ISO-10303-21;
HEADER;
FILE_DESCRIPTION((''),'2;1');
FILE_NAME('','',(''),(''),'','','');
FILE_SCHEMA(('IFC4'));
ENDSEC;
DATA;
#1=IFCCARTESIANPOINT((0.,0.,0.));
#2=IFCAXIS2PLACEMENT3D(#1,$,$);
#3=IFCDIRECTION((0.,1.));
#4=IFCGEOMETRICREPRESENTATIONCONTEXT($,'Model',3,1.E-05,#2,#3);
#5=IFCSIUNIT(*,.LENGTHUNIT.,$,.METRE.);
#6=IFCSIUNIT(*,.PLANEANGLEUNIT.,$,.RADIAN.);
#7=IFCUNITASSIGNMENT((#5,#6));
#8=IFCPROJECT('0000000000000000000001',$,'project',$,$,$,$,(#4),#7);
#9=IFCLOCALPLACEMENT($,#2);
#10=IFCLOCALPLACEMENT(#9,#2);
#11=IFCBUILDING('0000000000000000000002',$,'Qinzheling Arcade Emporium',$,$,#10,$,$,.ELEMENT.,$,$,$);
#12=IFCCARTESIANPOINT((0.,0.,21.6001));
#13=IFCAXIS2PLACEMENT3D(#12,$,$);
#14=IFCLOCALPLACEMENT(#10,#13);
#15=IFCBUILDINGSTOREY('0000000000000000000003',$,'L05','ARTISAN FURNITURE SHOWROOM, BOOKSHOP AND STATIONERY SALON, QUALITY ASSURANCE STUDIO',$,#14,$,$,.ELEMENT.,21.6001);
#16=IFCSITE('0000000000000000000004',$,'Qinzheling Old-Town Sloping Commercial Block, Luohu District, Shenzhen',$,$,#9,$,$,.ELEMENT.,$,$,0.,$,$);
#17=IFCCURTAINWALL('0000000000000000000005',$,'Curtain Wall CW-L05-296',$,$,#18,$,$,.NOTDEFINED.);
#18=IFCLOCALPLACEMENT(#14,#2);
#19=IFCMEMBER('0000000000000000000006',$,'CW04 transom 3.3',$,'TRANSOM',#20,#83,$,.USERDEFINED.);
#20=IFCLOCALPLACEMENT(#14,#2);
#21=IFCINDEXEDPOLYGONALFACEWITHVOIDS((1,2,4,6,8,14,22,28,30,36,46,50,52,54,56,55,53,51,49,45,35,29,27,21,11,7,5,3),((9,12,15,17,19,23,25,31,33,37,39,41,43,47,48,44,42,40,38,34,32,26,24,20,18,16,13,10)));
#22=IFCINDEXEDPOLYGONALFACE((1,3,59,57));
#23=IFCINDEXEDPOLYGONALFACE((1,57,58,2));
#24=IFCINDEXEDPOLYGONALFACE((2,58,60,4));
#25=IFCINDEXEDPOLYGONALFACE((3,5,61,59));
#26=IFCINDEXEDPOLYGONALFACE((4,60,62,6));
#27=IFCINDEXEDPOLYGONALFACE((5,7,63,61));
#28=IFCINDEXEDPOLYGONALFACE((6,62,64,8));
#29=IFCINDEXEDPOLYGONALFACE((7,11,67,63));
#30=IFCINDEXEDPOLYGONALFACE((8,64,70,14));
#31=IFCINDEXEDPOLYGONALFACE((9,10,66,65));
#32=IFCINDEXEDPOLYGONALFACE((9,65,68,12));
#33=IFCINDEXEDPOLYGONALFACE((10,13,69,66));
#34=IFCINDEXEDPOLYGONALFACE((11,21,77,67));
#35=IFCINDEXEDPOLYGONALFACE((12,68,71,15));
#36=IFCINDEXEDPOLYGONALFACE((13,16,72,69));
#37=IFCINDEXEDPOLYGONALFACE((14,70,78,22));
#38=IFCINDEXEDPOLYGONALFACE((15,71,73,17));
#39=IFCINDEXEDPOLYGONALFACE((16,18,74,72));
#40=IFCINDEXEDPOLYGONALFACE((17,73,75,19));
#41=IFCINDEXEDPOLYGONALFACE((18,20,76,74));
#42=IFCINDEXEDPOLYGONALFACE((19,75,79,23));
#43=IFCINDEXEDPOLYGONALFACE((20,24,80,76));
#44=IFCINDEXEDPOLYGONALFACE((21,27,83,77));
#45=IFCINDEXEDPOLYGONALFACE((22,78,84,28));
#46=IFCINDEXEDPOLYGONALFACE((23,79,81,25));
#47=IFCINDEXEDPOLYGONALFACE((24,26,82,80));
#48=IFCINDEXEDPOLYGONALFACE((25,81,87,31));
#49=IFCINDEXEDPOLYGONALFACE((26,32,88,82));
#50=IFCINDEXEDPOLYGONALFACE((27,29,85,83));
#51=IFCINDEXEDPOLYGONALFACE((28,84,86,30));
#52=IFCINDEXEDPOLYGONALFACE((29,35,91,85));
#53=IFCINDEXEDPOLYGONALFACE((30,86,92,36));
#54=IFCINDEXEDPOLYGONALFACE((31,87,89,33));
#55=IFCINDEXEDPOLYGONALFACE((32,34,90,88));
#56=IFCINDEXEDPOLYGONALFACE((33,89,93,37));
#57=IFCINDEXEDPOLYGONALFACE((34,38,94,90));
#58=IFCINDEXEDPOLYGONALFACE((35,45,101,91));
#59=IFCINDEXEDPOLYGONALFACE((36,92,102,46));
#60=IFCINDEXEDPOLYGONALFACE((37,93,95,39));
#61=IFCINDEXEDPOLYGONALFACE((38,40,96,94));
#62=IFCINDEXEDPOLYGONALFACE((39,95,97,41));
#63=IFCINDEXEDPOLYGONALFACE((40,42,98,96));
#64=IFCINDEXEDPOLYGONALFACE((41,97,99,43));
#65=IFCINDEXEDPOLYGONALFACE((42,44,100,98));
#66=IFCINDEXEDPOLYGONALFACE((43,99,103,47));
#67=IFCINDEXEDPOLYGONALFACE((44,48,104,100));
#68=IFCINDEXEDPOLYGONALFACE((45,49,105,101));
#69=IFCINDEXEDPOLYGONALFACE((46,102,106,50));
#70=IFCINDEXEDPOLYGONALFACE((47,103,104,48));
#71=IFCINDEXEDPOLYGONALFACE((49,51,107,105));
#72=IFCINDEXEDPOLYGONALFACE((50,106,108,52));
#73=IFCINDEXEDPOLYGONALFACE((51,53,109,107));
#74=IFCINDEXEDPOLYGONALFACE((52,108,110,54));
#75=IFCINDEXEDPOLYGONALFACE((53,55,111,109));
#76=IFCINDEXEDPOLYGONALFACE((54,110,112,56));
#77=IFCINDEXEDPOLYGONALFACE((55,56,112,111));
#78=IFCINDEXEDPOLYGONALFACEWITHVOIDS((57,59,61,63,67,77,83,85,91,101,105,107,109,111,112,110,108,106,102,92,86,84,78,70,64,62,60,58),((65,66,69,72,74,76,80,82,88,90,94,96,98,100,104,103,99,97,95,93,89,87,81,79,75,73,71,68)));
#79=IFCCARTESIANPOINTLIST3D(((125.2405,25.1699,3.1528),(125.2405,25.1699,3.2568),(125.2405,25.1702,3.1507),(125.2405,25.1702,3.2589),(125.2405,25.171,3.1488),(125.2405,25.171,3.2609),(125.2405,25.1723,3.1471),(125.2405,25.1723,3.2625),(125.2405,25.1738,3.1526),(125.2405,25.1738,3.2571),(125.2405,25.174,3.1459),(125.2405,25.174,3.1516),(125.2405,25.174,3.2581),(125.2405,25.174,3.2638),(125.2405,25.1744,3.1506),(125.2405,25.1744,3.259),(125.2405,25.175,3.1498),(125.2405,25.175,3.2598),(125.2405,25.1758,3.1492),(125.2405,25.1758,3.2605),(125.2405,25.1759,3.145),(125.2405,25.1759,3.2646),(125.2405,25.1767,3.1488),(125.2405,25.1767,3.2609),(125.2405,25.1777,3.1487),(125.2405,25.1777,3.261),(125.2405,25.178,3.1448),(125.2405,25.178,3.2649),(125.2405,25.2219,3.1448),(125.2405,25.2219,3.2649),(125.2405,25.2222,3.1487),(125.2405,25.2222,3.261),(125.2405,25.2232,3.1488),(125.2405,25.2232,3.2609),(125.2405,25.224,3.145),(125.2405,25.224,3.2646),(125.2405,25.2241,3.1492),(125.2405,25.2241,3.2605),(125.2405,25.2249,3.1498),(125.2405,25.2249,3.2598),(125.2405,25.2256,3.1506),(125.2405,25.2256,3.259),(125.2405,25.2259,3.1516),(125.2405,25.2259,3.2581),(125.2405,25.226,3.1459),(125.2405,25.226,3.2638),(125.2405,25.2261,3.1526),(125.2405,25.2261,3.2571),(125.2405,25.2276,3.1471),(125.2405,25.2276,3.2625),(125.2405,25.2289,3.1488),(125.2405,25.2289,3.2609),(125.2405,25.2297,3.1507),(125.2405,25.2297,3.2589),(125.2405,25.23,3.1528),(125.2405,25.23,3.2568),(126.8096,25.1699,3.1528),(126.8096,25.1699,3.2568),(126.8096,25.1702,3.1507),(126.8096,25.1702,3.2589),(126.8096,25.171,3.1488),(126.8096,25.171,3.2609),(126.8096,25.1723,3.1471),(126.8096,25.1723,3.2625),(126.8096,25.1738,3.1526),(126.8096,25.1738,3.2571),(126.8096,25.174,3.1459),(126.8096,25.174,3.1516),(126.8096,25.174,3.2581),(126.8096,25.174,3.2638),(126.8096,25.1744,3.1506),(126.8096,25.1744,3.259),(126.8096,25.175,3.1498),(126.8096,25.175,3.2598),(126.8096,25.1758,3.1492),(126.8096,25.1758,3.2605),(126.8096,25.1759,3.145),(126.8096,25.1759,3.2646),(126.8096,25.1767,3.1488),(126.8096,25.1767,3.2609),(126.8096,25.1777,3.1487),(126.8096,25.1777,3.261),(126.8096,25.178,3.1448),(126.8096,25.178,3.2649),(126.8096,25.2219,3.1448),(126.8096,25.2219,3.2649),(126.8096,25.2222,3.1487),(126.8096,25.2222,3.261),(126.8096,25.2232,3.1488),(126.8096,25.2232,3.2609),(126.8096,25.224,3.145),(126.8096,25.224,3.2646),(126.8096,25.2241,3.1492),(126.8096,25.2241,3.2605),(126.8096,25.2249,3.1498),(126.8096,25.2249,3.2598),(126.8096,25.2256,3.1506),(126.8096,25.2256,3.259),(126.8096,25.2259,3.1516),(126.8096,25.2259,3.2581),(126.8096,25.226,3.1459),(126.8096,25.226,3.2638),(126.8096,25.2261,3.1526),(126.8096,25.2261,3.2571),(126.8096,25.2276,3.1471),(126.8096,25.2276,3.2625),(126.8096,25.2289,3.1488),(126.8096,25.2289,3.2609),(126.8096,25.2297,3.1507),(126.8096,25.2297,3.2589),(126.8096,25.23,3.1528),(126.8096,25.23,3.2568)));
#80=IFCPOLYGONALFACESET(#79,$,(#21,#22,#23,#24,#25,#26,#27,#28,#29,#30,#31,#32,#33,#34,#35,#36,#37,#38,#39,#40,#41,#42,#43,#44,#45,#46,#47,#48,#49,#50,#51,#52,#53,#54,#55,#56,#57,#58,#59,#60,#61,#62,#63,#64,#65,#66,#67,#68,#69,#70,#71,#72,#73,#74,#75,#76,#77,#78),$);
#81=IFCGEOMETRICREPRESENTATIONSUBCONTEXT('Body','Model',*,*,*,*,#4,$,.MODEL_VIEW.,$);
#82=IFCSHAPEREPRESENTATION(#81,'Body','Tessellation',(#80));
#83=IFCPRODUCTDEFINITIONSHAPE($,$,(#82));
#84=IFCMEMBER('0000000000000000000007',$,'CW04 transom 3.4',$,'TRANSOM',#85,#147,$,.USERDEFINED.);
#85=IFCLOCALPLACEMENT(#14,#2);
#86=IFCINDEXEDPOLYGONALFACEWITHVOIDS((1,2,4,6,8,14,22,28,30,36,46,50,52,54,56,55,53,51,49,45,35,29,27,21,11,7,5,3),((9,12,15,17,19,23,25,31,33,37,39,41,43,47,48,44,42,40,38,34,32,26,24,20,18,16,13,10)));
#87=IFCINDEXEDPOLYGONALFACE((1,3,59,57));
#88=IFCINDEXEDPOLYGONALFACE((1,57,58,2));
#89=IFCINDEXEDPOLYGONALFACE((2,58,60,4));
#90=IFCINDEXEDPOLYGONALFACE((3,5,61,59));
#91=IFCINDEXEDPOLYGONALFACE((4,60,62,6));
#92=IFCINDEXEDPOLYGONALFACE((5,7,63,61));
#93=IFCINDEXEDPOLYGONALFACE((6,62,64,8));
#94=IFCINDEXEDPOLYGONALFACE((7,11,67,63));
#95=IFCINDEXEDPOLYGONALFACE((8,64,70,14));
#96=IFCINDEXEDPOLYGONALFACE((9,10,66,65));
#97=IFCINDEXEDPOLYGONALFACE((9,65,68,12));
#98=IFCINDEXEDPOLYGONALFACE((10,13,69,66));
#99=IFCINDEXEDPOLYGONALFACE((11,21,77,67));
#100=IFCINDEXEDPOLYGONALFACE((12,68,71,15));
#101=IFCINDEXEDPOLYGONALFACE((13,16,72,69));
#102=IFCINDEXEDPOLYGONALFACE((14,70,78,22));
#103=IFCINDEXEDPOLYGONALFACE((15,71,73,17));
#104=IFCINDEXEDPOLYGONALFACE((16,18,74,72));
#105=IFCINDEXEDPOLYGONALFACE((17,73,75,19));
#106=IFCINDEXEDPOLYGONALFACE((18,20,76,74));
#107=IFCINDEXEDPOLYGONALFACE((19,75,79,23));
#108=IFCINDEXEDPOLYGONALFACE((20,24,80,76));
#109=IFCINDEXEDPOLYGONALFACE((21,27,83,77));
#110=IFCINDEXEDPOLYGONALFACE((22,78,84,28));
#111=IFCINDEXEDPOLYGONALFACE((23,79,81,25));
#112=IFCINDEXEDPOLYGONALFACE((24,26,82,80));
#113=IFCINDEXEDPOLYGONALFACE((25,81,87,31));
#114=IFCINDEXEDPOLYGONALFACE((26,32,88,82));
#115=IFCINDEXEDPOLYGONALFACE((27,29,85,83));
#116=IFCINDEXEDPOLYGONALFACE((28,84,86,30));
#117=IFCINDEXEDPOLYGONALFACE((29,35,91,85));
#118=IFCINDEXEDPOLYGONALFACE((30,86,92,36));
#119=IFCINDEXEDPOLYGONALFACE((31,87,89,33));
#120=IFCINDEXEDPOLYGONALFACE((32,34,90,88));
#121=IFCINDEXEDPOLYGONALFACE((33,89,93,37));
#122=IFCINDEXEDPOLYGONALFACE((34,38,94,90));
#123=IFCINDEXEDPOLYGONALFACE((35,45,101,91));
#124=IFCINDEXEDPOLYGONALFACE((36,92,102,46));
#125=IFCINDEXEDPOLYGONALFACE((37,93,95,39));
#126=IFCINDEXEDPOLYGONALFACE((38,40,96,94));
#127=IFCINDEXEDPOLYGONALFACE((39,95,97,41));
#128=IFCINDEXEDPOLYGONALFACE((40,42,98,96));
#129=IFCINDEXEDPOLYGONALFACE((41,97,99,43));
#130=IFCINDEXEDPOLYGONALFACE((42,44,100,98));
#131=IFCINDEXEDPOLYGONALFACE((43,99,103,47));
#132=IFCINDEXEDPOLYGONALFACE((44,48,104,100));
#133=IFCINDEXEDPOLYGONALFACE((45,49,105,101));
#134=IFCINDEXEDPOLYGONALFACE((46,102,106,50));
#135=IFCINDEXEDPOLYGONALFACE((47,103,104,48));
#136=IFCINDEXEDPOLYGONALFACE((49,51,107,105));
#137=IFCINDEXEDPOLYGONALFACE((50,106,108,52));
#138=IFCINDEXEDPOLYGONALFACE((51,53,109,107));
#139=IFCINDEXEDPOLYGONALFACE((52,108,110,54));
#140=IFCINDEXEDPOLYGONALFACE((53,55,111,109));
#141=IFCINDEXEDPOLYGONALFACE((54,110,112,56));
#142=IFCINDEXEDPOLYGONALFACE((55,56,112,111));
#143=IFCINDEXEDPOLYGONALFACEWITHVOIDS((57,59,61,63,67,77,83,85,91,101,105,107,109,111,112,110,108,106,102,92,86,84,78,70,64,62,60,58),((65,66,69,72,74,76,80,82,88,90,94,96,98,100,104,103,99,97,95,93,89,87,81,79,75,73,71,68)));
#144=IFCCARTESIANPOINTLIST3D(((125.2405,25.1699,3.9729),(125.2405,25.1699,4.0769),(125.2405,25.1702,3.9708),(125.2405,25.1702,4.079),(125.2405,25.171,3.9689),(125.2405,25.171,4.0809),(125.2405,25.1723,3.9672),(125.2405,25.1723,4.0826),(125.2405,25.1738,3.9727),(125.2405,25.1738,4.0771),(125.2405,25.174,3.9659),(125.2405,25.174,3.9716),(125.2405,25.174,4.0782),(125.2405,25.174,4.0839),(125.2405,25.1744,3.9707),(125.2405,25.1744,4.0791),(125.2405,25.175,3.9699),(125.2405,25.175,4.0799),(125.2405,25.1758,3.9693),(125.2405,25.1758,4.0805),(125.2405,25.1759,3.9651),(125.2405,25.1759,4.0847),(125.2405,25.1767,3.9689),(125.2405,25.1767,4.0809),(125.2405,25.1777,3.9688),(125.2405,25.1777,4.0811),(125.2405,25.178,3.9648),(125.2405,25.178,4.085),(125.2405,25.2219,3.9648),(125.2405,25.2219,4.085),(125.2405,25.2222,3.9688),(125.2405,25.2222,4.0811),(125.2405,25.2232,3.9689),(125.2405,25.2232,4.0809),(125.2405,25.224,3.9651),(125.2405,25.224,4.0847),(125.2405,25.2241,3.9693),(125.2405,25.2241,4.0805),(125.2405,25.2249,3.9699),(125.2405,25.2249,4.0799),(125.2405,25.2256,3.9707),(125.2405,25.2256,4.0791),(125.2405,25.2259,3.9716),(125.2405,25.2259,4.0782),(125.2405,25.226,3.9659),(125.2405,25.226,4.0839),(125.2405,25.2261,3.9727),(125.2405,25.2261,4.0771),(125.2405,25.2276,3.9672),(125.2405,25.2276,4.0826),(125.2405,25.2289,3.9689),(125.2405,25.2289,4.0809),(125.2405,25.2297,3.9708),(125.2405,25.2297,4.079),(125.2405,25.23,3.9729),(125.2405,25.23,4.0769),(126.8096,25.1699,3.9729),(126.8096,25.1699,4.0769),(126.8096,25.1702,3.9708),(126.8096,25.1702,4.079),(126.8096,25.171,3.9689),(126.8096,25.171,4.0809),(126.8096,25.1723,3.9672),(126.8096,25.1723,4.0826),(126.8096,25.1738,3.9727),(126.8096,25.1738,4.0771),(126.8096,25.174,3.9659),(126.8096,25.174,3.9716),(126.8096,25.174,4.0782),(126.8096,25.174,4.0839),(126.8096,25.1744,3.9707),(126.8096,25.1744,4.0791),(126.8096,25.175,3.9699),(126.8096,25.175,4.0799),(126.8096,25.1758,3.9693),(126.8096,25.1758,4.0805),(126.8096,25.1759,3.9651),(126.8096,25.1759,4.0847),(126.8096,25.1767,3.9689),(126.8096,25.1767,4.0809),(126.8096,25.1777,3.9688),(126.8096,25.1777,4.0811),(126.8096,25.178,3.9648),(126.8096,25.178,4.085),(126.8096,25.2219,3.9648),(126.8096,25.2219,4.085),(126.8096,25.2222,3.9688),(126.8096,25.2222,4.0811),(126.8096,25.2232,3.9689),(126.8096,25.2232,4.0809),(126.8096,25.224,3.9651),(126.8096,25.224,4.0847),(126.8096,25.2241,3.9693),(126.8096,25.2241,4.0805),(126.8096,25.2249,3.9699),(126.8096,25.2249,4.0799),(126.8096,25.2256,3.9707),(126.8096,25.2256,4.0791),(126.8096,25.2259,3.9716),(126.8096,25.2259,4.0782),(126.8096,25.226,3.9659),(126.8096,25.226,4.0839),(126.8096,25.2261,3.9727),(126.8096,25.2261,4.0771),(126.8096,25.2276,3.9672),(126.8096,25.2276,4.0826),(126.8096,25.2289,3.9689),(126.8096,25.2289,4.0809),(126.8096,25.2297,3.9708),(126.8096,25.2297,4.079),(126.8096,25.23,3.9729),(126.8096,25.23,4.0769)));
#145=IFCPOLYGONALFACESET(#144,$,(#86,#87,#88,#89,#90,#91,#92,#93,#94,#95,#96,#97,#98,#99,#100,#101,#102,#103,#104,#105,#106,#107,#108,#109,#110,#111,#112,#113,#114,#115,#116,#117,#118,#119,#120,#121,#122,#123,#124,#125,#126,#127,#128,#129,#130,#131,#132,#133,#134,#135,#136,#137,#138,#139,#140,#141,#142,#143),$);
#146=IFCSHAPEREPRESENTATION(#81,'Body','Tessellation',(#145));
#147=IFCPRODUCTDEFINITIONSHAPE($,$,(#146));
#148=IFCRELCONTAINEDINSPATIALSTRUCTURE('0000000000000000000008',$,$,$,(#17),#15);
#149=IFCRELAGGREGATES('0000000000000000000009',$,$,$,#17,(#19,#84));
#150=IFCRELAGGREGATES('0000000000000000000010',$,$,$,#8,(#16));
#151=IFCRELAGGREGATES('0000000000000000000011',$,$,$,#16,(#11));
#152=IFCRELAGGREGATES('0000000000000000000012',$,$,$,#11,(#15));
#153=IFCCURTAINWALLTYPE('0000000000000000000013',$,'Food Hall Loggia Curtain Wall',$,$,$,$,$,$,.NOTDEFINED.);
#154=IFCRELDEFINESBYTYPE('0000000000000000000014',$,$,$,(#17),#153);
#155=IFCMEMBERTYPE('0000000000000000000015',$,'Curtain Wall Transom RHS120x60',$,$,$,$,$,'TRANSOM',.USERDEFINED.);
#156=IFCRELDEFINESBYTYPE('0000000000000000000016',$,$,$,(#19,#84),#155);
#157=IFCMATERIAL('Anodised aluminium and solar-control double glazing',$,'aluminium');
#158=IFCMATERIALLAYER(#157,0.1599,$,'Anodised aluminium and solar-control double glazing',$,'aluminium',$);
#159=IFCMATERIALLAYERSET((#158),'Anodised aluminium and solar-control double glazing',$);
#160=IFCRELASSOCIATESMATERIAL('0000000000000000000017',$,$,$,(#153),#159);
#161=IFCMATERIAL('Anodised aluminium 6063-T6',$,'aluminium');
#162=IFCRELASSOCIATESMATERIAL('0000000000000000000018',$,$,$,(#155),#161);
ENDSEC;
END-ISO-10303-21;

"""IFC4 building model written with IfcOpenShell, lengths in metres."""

from ifc_helpers import new_model, si_unit, direction, frame, origin, origin_2d, place, context, subcontext, project, spatial, hollow_rectangle, extrude, material, layer, layer_set, material_profile, profile_set, type_object, element, aggregate, save


model = new_model("IFC4")

# Units and contexts
model_context = context("Model", 3, precision=1e-05, world=origin(), true_north=direction((0.0, 1.0)))
body_context = subcontext(model_context, "Body", "Model", "MODEL_VIEW")
ifc_project = project(units=[si_unit("LENGTHUNIT", "METRE"), si_unit("PLANEANGLEUNIT", "RADIAN")], contexts=[model_context])

# Site, building, storey
site_placement = place(None, origin())
site = spatial("IfcSite", under=ifc_project, at=site_placement, Name="Qinzheling Old-Town Sloping Commercial Block, Luohu District, Shenzhen", CompositionType="ELEMENT", RefElevation=0.0)
building_placement = place(site_placement, origin())
building = spatial("IfcBuilding", under=site, at=building_placement, Name="Qinzheling Arcade Emporium", CompositionType="ELEMENT")
storey_placement = place(building_placement, frame((0.0, 0.0, 21.6001)))
storey = spatial("IfcBuildingStorey", under=building, at=storey_placement, Name="L05", Description="ARTISAN FURNITURE SHOWROOM, BOOKSHOP AND STATIONERY SALON, QUALITY ASSURANCE STUDIO", CompositionType="ELEMENT", Elevation=21.6001)

# Curtain wall, members
ifc_material_1 = material(Name="Anodised aluminium and solar-control double glazing", Category="aluminium")
ifc_layer_1 = layer(ifc_material_1, 0.1599, Name="Anodised aluminium and solar-control double glazing", Category="aluminium")
ifc_layer_set_1 = layer_set([ifc_layer_1], Name="Anodised aluminium and solar-control double glazing")
curtain_wall_type = type_object("IfcCurtainWallType", Name="Food Hall Loggia Curtain Wall", PredefinedType="NOTDEFINED", material=ifc_layer_set_1)
curtain_wall_placement = place(storey_placement, origin())
curtain_wall = element("IfcCurtainWall", 1, at=curtain_wall_placement, inside=storey, type_object=curtain_wall_type, Name="Curtain Wall CW-L05-296", PredefinedType="NOTDEFINED")
ifc_material_2 = material(Name="Anodised aluminium 6063-T6", Category="aluminium")
ifc_material_profile_1 = material_profile(ifc_material_2, hollow_rectangle(XDim=0.0601, YDim=0.1201, WallThickness=0.0039, InnerFilletRadius=0.0039, OuterFilletRadius=0.0081, at=origin_2d()), Name="RHS 120x60x4", Category="aluminium")
ifc_profile_set_1 = profile_set([ifc_material_profile_1], Name="Anodised aluminium 6063-T6")
member_type_1 = type_object("IfcMemberType", Name="Curtain Wall Transom RHS120x60", ElementType="TRANSOM", PredefinedType="USERDEFINED", material=ifc_profile_set_1)
member_1_placement = place(storey_placement, frame((125.2405, 25.2, 3.2048), z_axis=(1.0, 0.0, 0.0), x_axis=(0.0, 1.0, 0.0)))
member_1 = element("IfcMember", 2, at=member_1_placement, type_object=member_type_1, Name="CW04 transom 3.3", ObjectType="TRANSOM", PredefinedType="USERDEFINED", context=body_context, shape_type="SweptSolid", body=[
    extrude(hollow_rectangle(XDim=0.0601, YDim=0.1201, WallThickness=0.0039, InnerFilletRadius=0.0039, OuterFilletRadius=0.0081, at=origin_2d()), origin(), (0.0, 0.0, 1.0), 1.5691),
])
member_2_placement = place(storey_placement, frame((125.2405, 25.2, 4.0249), z_axis=(1.0, 0.0, 0.0), x_axis=(0.0, 1.0, 0.0)))
member_2 = element("IfcMember", 3, at=member_2_placement, type_object=member_type_1, Name="CW04 transom 3.4", ObjectType="TRANSOM", PredefinedType="USERDEFINED", context=body_context, shape_type="SweptSolid", body=[
    extrude(hollow_rectangle(XDim=0.0601, YDim=0.1201, WallThickness=0.0039, InnerFilletRadius=0.0039, OuterFilletRadius=0.0081, at=origin_2d()), origin(), (0.0, 0.0, 1.0), 1.5691),
])

aggregate(curtain_wall, [member_1, member_2])

save(model, "model.ifc")
